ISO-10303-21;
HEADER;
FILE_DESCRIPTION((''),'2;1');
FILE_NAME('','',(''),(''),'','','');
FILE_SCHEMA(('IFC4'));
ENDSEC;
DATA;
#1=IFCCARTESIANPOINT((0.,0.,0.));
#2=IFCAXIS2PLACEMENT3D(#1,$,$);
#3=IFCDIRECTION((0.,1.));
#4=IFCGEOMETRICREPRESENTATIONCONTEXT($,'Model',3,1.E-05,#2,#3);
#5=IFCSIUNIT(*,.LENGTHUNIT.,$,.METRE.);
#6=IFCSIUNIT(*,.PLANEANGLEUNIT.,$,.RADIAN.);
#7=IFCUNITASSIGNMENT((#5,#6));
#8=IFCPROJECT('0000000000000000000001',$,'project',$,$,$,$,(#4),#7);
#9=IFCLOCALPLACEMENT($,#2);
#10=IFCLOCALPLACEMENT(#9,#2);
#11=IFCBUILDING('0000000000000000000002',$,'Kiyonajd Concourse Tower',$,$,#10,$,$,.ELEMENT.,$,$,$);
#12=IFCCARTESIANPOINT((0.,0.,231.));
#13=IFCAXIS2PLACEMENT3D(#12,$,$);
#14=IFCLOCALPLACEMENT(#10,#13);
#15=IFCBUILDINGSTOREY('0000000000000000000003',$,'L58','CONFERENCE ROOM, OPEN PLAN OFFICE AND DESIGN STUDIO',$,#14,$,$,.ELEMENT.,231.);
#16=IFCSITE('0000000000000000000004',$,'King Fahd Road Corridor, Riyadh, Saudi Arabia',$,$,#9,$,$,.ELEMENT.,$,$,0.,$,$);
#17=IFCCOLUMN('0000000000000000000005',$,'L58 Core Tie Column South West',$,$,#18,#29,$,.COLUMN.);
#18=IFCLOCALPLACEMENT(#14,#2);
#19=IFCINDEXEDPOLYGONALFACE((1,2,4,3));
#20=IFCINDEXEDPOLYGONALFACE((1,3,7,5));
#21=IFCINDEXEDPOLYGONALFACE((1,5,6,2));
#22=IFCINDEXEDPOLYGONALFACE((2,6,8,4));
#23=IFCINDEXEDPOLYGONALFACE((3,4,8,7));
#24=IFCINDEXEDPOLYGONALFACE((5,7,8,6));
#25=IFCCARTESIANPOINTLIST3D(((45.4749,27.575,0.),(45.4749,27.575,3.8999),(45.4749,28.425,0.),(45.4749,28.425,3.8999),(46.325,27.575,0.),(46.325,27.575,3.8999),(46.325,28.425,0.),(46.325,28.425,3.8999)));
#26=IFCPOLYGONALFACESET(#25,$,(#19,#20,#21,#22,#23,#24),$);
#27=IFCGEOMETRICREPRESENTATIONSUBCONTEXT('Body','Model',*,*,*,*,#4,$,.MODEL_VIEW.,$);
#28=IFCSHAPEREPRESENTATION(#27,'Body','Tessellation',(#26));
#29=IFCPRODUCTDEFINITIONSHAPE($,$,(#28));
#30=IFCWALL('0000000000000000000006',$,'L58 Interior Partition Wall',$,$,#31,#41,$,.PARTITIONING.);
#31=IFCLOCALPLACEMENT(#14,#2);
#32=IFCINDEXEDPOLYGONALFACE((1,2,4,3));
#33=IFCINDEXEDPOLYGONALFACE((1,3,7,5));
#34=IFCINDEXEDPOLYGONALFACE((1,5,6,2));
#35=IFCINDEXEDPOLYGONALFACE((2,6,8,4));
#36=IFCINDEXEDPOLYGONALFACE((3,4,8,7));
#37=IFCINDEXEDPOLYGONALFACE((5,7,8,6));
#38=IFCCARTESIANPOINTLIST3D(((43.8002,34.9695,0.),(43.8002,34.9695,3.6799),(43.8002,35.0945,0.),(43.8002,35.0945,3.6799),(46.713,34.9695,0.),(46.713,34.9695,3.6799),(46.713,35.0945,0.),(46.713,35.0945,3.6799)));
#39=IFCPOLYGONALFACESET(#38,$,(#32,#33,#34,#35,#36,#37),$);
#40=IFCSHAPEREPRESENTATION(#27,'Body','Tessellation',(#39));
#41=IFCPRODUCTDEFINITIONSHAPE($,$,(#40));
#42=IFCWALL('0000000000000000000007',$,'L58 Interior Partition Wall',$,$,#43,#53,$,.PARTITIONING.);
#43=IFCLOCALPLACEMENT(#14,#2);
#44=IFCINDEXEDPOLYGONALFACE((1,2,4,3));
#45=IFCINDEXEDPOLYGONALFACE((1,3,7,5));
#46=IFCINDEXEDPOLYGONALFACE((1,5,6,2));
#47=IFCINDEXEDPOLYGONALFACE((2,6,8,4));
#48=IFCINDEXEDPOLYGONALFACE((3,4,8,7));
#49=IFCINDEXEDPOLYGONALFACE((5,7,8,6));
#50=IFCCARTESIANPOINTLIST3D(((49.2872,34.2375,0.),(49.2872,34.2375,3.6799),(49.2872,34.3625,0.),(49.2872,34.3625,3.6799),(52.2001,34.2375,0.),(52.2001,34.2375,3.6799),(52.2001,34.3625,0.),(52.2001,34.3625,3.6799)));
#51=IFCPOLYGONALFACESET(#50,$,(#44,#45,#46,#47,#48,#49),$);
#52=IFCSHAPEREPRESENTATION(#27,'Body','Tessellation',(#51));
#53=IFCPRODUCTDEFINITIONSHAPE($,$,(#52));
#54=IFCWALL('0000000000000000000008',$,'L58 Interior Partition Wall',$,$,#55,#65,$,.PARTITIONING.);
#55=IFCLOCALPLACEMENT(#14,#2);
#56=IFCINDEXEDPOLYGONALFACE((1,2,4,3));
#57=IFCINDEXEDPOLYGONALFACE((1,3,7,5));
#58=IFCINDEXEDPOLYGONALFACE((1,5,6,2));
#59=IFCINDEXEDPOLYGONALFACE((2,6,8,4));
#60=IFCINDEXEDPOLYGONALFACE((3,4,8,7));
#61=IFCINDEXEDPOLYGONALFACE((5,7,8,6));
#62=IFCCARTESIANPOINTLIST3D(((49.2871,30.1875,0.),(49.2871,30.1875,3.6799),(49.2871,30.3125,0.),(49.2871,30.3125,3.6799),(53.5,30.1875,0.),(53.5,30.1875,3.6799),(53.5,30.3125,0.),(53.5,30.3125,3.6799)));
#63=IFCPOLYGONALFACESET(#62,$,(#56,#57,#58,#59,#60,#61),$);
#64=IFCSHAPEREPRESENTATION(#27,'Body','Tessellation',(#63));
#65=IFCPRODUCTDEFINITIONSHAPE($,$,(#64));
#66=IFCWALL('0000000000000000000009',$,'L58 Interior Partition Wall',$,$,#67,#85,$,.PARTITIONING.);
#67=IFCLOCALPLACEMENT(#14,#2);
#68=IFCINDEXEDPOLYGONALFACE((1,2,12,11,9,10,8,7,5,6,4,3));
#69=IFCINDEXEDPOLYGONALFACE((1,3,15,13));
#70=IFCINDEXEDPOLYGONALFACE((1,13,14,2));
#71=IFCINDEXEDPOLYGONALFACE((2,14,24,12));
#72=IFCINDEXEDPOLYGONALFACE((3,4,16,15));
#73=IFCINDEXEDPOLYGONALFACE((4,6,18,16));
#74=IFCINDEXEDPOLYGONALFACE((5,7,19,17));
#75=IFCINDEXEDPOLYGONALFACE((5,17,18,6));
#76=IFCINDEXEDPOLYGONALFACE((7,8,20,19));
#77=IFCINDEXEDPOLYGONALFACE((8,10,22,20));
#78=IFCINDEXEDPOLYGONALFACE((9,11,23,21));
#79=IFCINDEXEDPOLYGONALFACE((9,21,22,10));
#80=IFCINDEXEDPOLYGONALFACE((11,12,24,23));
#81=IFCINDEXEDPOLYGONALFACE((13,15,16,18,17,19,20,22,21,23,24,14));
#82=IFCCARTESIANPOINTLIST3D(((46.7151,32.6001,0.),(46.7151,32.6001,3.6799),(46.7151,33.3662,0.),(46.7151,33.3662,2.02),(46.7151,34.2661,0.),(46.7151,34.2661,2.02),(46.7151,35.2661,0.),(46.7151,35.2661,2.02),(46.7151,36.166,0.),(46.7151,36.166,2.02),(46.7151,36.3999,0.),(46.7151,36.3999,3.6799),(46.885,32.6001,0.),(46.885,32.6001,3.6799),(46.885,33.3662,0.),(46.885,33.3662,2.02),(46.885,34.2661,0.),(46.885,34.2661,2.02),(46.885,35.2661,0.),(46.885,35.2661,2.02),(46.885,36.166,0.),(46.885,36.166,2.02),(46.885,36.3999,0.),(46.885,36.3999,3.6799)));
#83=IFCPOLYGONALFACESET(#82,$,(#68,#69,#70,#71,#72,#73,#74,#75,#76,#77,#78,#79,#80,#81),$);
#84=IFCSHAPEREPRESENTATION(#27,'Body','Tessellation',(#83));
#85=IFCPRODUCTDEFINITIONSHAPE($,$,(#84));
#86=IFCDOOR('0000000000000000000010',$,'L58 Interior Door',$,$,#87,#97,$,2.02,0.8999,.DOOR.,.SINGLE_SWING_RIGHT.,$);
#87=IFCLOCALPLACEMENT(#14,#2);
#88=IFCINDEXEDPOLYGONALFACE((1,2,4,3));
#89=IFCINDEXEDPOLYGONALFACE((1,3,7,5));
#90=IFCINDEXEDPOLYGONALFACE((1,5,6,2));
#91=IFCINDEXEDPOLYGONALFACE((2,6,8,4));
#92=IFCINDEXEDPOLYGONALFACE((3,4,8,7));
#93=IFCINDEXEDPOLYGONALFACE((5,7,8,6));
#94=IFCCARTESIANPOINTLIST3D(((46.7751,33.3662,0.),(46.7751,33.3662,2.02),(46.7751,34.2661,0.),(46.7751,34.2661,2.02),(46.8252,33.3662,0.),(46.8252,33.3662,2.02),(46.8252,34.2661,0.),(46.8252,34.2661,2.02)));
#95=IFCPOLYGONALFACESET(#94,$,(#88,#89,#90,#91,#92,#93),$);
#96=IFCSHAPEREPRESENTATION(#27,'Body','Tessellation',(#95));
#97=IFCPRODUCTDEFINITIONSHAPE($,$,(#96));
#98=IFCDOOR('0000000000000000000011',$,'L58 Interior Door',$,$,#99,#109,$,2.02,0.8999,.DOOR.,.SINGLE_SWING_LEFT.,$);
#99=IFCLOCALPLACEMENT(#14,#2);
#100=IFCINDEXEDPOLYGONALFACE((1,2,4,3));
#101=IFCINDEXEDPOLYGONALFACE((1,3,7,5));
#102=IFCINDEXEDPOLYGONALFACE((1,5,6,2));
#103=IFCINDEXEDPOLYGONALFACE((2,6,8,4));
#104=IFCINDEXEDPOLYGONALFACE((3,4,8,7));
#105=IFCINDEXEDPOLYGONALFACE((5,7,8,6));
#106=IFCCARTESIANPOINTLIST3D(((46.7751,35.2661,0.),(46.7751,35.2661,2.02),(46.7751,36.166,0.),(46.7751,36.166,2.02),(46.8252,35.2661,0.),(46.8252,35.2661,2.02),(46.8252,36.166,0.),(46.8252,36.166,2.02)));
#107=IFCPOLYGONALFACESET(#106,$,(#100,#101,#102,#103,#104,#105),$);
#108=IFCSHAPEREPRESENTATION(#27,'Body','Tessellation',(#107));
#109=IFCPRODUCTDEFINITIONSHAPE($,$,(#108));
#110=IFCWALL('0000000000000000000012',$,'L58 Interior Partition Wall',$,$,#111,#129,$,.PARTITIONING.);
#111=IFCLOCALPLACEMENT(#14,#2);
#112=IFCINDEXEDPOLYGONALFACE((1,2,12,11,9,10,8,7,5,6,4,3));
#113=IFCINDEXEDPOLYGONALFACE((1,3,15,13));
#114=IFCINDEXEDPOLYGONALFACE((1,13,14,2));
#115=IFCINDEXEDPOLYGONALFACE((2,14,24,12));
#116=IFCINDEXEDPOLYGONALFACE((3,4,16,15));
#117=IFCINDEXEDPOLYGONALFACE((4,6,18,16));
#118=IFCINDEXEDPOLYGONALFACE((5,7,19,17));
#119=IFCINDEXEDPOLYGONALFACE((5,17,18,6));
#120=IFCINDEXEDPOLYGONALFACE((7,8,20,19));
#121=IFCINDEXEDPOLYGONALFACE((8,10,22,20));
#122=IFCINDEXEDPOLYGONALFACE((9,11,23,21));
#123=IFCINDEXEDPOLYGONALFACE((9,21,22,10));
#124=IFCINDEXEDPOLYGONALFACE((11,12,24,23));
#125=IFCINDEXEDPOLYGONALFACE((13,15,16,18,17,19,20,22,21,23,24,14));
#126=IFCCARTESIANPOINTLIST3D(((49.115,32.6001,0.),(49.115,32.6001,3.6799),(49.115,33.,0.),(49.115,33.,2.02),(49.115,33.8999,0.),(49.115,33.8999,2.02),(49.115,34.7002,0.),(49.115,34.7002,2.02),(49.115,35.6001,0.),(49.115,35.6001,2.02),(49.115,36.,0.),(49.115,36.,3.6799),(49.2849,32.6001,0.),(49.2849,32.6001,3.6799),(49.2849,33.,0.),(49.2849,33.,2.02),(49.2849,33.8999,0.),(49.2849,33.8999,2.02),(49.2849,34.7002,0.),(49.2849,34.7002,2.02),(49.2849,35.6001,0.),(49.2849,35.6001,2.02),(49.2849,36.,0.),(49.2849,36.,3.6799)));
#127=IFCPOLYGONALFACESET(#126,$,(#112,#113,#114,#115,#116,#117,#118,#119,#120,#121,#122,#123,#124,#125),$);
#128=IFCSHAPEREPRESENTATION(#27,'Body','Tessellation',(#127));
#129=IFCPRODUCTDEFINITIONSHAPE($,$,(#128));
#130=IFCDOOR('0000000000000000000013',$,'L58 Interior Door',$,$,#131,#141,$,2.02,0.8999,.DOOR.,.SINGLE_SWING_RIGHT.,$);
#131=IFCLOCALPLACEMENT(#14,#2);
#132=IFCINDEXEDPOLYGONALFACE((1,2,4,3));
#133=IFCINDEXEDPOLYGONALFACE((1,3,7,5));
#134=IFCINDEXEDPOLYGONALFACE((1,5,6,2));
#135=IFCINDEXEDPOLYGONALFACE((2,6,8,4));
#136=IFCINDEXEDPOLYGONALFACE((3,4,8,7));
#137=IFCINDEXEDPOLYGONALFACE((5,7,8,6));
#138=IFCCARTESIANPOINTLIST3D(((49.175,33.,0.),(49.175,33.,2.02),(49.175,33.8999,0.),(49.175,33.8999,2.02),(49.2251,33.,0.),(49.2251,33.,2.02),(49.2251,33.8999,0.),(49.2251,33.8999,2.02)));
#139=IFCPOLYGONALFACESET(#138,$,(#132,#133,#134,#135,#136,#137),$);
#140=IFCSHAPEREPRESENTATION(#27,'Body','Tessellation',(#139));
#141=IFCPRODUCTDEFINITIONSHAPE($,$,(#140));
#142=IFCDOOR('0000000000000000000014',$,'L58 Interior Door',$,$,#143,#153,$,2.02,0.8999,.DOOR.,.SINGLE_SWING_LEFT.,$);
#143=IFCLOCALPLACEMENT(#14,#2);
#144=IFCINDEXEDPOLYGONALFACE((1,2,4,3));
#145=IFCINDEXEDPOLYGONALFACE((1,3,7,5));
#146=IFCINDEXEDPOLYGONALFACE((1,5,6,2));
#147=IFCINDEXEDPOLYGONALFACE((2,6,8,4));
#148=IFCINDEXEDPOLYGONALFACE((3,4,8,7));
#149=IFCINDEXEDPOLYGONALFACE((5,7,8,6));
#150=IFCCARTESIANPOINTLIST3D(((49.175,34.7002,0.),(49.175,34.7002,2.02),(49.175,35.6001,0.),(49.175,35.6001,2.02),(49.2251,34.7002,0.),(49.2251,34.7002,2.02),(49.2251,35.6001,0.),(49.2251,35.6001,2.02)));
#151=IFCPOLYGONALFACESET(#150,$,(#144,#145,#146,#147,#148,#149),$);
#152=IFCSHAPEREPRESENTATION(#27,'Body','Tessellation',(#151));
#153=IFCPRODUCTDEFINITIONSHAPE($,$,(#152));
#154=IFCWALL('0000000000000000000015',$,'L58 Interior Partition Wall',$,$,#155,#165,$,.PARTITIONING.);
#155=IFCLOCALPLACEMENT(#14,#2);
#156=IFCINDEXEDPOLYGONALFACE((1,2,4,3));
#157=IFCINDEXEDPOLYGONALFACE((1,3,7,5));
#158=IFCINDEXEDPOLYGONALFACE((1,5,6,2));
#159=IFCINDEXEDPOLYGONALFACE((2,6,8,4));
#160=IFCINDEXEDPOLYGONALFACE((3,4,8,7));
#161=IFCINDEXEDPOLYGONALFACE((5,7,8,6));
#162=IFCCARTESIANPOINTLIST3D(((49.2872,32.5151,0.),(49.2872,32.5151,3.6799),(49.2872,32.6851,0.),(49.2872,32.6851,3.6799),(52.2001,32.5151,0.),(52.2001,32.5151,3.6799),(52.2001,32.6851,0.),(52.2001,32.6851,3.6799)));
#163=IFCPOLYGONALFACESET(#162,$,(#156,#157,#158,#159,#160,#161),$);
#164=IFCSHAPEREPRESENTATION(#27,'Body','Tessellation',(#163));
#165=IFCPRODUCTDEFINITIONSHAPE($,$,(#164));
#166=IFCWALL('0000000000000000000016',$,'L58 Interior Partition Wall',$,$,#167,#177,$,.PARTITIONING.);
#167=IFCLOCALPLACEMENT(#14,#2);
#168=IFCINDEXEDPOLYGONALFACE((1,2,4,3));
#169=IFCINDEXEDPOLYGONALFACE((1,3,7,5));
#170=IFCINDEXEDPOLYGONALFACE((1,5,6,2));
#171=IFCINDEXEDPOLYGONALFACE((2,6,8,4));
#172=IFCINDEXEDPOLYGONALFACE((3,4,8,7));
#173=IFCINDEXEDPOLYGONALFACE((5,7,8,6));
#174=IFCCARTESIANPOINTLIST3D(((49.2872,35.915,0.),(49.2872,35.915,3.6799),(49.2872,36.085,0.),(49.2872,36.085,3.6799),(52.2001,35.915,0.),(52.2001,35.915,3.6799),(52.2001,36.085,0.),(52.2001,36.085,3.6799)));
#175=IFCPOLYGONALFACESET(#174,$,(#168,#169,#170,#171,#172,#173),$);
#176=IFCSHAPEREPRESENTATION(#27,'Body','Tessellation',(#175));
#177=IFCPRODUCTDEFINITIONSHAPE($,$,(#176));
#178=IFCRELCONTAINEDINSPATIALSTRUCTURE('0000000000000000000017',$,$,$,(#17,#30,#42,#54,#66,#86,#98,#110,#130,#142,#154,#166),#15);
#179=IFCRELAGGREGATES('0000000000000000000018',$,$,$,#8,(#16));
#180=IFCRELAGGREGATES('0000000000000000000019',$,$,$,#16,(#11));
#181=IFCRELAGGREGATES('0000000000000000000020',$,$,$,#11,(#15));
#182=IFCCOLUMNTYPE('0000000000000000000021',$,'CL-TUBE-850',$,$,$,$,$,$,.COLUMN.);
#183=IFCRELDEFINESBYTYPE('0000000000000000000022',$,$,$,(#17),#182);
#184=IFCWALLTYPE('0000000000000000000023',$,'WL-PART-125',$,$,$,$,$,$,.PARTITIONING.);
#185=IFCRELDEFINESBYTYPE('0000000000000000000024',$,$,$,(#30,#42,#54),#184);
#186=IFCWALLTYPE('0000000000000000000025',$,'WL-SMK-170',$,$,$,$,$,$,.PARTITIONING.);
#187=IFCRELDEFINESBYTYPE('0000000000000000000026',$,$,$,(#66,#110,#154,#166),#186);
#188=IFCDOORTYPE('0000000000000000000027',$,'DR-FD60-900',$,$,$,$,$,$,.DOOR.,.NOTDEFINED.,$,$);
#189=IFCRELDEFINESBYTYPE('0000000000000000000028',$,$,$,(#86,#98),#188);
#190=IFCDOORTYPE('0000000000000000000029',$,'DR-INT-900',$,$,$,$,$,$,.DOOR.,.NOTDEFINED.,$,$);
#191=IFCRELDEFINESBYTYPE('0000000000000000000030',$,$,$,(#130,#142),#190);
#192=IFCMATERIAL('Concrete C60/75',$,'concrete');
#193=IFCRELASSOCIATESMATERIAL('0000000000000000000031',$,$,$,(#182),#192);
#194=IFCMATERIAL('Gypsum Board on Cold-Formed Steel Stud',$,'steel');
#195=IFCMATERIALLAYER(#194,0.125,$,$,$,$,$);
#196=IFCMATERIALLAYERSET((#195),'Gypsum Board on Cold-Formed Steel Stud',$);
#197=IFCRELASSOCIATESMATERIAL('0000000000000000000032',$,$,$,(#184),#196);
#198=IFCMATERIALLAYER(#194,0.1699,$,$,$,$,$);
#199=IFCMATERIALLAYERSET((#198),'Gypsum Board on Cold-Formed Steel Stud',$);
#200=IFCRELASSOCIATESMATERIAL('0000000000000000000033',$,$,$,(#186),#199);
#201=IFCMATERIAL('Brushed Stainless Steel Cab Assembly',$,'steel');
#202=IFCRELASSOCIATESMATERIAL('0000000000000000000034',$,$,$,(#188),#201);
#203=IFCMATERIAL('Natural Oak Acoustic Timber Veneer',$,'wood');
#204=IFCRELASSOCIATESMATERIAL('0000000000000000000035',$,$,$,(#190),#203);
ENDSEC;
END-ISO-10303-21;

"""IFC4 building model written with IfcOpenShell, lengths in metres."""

from ifc_helpers import new_model, si_unit, direction, frame, frame_2d, origin, origin_2d, place, context, subcontext, project, spatial, rectangle, extrude, material, layer, layer_set, material_profile, profile_set, type_object, element, fill, save


model = new_model("IFC4")

# Units and contexts
model_context = context("Model", 3, precision=1e-05, world=origin(), true_north=direction((0.0, 1.0)))
body_context = subcontext(model_context, "Body", "Model", "MODEL_VIEW")
ifc_project = project(units=[si_unit("LENGTHUNIT", "METRE"), si_unit("PLANEANGLEUNIT", "RADIAN")], contexts=[model_context])

# Site, building, storey
site_placement = place(None, origin())
site = spatial("IfcSite", under=ifc_project, at=site_placement, Name="King Fahd Road Corridor, Riyadh, Saudi Arabia", CompositionType="ELEMENT", RefElevation=0.0)
building_placement = place(site_placement, origin())
building = spatial("IfcBuilding", under=site, at=building_placement, Name="Kiyonajd Concourse Tower", CompositionType="ELEMENT")
storey_placement = place(building_placement, frame((0.0, 0.0, 231.0)))
storey = spatial("IfcBuildingStorey", under=building, at=storey_placement, Name="L58", Description="CONFERENCE ROOM, OPEN PLAN OFFICE AND DESIGN STUDIO", CompositionType="ELEMENT", Elevation=231.0)

# Column
ifc_material_1 = material(Name="Concrete C60/75", Category="concrete")
ifc_material_profile = material_profile(ifc_material_1, rectangle(XDim=0.8501, YDim=0.8501, at=origin_2d()), Name="RC-850x850")
ifc_profile_set = profile_set([ifc_material_profile], Name="Concrete C60/75")
column_type = type_object("IfcColumnType", Name="CL-TUBE-850", PredefinedType="COLUMN", material=ifc_profile_set)
column_placement = place(storey_placement, frame((45.8999, 28.0, 0.0), z_axis=(0.0, 0.0, 1.0), x_axis=(1.0, 0.0, 0.0)))
element("IfcColumn", 1, at=column_placement, inside=storey, type_object=column_type, Name="L58 Core Tie Column South West", PredefinedType="COLUMN", context=body_context, shape_type="SweptSolid", body=[
    extrude(rectangle(XDim=0.8501, YDim=0.8501, at=origin_2d()), origin(), (0.0, 0.0, 1.0), 3.8999),
])

# Walls
ifc_material_2 = material(Name="Gypsum Board on Cold-Formed Steel Stud", Category="steel")
ifc_layer_1 = layer(ifc_material_2, 0.125)
ifc_layer_set_1 = layer_set([ifc_layer_1], Name="Gypsum Board on Cold-Formed Steel Stud")
wall_type_1 = type_object("IfcWallType", Name="WL-PART-125", PredefinedType="PARTITIONING", material=ifc_layer_set_1)
for number, where, z_axis, x_axis, name in (
    (2, (43.8, 35.032, 0.0), (0.0, 0.0, 1.0), (1.0, 0.0, 0.0), "L58 Interior Partition Wall"),
    (3, (49.2871, 34.3, 0.0), (0.0, 0.0, 1.0), (1.0, 0.0, 0.0), "L58 Interior Partition Wall"),
):
    element("IfcWall", number, at=place(storey_placement, frame(where, z_axis=z_axis, x_axis=x_axis)), inside=storey, type_object=wall_type_1, Name=name, PredefinedType="PARTITIONING", context=body_context, shape_type="SweptSolid", body=[
        extrude(rectangle(XDim=2.9128, YDim=0.125, at=frame_2d((1.4565, 0.0))), origin(), (0.0, 0.0, 1.0), 3.6799),
    ])
wall_1_placement = place(storey_placement, frame((49.2871, 30.25, 0.0), z_axis=(0.0, 0.0, 1.0), x_axis=(1.0, 0.0, 0.0)))
element("IfcWall", 4, at=wall_1_placement, inside=storey, type_object=wall_type_1, Name="L58 Interior Partition Wall", PredefinedType="PARTITIONING", context=body_context, shape_type="SweptSolid", body=[
    extrude(rectangle(XDim=4.2129, YDim=0.125, at=frame_2d((2.1064, 0.0))), origin(), (0.0, 0.0, 1.0), 3.6799),
])

# Walls, openings, doors
ifc_layer_2 = layer(ifc_material_2, 0.1699)
ifc_layer_set_2 = layer_set([ifc_layer_2], Name="Gypsum Board on Cold-Formed Steel Stud")
wall_type_2 = type_object("IfcWallType", Name="WL-SMK-170", PredefinedType="PARTITIONING", material=ifc_layer_set_2)
wall_2_placement = place(storey_placement, frame((46.8, 32.6001, 0.0), z_axis=(0.0, 0.0, 1.0), x_axis=(0.0, 1.0, 0.0)))
wall_2 = element("IfcWall", 5, at=wall_2_placement, inside=storey, type_object=wall_type_2, Name="L58 Interior Partition Wall", PredefinedType="PARTITIONING", context=body_context, shape_type="SweptSolid", body=[
    extrude(rectangle(XDim=3.7998, YDim=0.1699, at=frame_2d((1.8999, 0.0))), origin(), (0.0, 0.0, 1.0), 3.6799),
])
opening_1_placement = place(wall_2_placement, frame((0.7661, 0.0, 0.0)))
opening_1 = element("IfcOpeningElement", 6, at=opening_1_placement, cuts=wall_2, PredefinedType="OPENING", context=body_context, shape_type="SweptSolid", body=[
    extrude(rectangle(XDim=0.8999, YDim=2.02, at=frame_2d((0.45, 1.01))), frame((0.0, 0.095, 0.0), z_axis=(0.0, -1.0, 0.0), x_axis=(1.0, 0.0, 0.0)), (0.0, 0.0, 1.0), 0.1899),
])
opening_2_placement = place(wall_2_placement, frame((2.666, 0.0, 0.0)))
opening_2 = element("IfcOpeningElement", 7, at=opening_2_placement, cuts=wall_2, PredefinedType="OPENING", context=body_context, shape_type="SweptSolid", body=[
    extrude(rectangle(XDim=0.8999, YDim=2.02, at=frame_2d((0.45, 1.01))), frame((0.0, 0.095, 0.0), z_axis=(0.0, -1.0, 0.0), x_axis=(1.0, 0.0, 0.0)), (0.0, 0.0, 1.0), 0.1899),
])
ifc_material_3 = material(Name="Brushed Stainless Steel Cab Assembly", Category="steel")
door_type_1 = type_object("IfcDoorType", Name="DR-FD60-900", OperationType="NOTDEFINED", PredefinedType="DOOR", material=ifc_material_3)
door_1_placement = place(opening_1_placement, origin())
door_1 = element("IfcDoor", 8, at=door_1_placement, inside=storey, type_object=door_type_1, Name="L58 Interior Door", OperationType="SINGLE_SWING_RIGHT", OverallHeight=2.02, OverallWidth=0.8999, PredefinedType="DOOR", context=body_context, shape_type="SweptSolid", body=[
    extrude(rectangle(XDim=0.8999, YDim=2.02, at=frame_2d((0.45, 1.01))), frame((0.0, 0.0249, 0.0), z_axis=(0.0, -1.0, 0.0), x_axis=(1.0, 0.0, 0.0)), (0.0, 0.0, 1.0), 0.05),
])
fill(opening_1, door_1)
door_2_placement = place(opening_2_placement, origin())
door_2 = element("IfcDoor", 9, at=door_2_placement, inside=storey, type_object=door_type_1, Name="L58 Interior Door", OperationType="SINGLE_SWING_LEFT", OverallHeight=2.02, OverallWidth=0.8999, PredefinedType="DOOR", context=body_context, shape_type="SweptSolid", body=[
    extrude(rectangle(XDim=0.8999, YDim=2.02, at=frame_2d((0.45, 1.01))), frame((0.0, 0.0249, 0.0), z_axis=(0.0, -1.0, 0.0), x_axis=(1.0, 0.0, 0.0)), (0.0, 0.0, 1.0), 0.05),
])
fill(opening_2, door_2)
wall_3_placement = place(storey_placement, frame((49.2, 32.6001, 0.0), z_axis=(0.0, 0.0, 1.0), x_axis=(0.0, 1.0, 0.0)))
wall_3 = element("IfcWall", 10, at=wall_3_placement, inside=storey, type_object=wall_type_2, Name="L58 Interior Partition Wall", PredefinedType="PARTITIONING", context=body_context, shape_type="SweptSolid", body=[
    extrude(rectangle(XDim=3.3999, YDim=0.1699, at=frame_2d((1.7, 0.0))), origin(), (0.0, 0.0, 1.0), 3.6799),
])
opening_3_placement = place(wall_3_placement, frame((0.3999, 0.0, 0.0)))
opening_3 = element("IfcOpeningElement", 11, at=opening_3_placement, cuts=wall_3, PredefinedType="OPENING", context=body_context, shape_type="SweptSolid", body=[
    extrude(rectangle(XDim=0.8999, YDim=2.02, at=frame_2d((0.45, 1.01))), frame((0.0, 0.095, 0.0), z_axis=(0.0, -1.0, 0.0), x_axis=(1.0, 0.0, 0.0)), (0.0, 0.0, 1.0), 0.1899),
])
opening_4_placement = place(wall_3_placement, frame((2.1001, 0.0, 0.0)))
opening_4 = element("IfcOpeningElement", 12, at=opening_4_placement, cuts=wall_3, PredefinedType="OPENING", context=body_context, shape_type="SweptSolid", body=[
    extrude(rectangle(XDim=0.8999, YDim=2.02, at=frame_2d((0.45, 1.01))), frame((0.0, 0.095, 0.0), z_axis=(0.0, -1.0, 0.0), x_axis=(1.0, 0.0, 0.0)), (0.0, 0.0, 1.0), 0.1899),
])
ifc_material_4 = material(Name="Natural Oak Acoustic Timber Veneer", Category="wood")
door_type_2 = type_object("IfcDoorType", Name="DR-INT-900", OperationType="NOTDEFINED", PredefinedType="DOOR", material=ifc_material_4)
door_3_placement = place(opening_3_placement, origin())
door_3 = element("IfcDoor", 13, at=door_3_placement, inside=storey, type_object=door_type_2, Name="L58 Interior Door", OperationType="SINGLE_SWING_RIGHT", OverallHeight=2.02, OverallWidth=0.8999, PredefinedType="DOOR", context=body_context, shape_type="SweptSolid", body=[
    extrude(rectangle(XDim=0.8999, YDim=2.02, at=frame_2d((0.45, 1.01))), frame((0.0, 0.0249, 0.0), z_axis=(0.0, -1.0, 0.0), x_axis=(1.0, 0.0, 0.0)), (0.0, 0.0, 1.0), 0.05),
])
fill(opening_3, door_3)
door_4_placement = place(opening_4_placement, origin())
door_4 = element("IfcDoor", 14, at=door_4_placement, inside=storey, type_object=door_type_2, Name="L58 Interior Door", OperationType="SINGLE_SWING_LEFT", OverallHeight=2.02, OverallWidth=0.8999, PredefinedType="DOOR", context=body_context, shape_type="SweptSolid", body=[
    extrude(rectangle(XDim=0.8999, YDim=2.02, at=frame_2d((0.45, 1.01))), frame((0.0, 0.0249, 0.0), z_axis=(0.0, -1.0, 0.0), x_axis=(1.0, 0.0, 0.0)), (0.0, 0.0, 1.0), 0.05),
])
fill(opening_4, door_4)

# Walls
for number, where, z_axis, x_axis, name in (
    (15, (49.2871, 32.6001, 0.0), (0.0, 0.0, 1.0), (1.0, 0.0, 0.0), "L58 Interior Partition Wall"),
    (16, (49.2871, 36.0, 0.0), (0.0, 0.0, 1.0), (1.0, 0.0, 0.0), "L58 Interior Partition Wall"),
):
    element("IfcWall", number, at=place(storey_placement, frame(where, z_axis=z_axis, x_axis=x_axis)), inside=storey, type_object=wall_type_2, Name=name, PredefinedType="PARTITIONING", context=body_context, shape_type="SweptSolid", body=[
        extrude(rectangle(XDim=2.9128, YDim=0.1699, at=frame_2d((1.4565, 0.0))), origin(), (0.0, 0.0, 1.0), 3.6799),
    ])

save(model, "model.ifc")
